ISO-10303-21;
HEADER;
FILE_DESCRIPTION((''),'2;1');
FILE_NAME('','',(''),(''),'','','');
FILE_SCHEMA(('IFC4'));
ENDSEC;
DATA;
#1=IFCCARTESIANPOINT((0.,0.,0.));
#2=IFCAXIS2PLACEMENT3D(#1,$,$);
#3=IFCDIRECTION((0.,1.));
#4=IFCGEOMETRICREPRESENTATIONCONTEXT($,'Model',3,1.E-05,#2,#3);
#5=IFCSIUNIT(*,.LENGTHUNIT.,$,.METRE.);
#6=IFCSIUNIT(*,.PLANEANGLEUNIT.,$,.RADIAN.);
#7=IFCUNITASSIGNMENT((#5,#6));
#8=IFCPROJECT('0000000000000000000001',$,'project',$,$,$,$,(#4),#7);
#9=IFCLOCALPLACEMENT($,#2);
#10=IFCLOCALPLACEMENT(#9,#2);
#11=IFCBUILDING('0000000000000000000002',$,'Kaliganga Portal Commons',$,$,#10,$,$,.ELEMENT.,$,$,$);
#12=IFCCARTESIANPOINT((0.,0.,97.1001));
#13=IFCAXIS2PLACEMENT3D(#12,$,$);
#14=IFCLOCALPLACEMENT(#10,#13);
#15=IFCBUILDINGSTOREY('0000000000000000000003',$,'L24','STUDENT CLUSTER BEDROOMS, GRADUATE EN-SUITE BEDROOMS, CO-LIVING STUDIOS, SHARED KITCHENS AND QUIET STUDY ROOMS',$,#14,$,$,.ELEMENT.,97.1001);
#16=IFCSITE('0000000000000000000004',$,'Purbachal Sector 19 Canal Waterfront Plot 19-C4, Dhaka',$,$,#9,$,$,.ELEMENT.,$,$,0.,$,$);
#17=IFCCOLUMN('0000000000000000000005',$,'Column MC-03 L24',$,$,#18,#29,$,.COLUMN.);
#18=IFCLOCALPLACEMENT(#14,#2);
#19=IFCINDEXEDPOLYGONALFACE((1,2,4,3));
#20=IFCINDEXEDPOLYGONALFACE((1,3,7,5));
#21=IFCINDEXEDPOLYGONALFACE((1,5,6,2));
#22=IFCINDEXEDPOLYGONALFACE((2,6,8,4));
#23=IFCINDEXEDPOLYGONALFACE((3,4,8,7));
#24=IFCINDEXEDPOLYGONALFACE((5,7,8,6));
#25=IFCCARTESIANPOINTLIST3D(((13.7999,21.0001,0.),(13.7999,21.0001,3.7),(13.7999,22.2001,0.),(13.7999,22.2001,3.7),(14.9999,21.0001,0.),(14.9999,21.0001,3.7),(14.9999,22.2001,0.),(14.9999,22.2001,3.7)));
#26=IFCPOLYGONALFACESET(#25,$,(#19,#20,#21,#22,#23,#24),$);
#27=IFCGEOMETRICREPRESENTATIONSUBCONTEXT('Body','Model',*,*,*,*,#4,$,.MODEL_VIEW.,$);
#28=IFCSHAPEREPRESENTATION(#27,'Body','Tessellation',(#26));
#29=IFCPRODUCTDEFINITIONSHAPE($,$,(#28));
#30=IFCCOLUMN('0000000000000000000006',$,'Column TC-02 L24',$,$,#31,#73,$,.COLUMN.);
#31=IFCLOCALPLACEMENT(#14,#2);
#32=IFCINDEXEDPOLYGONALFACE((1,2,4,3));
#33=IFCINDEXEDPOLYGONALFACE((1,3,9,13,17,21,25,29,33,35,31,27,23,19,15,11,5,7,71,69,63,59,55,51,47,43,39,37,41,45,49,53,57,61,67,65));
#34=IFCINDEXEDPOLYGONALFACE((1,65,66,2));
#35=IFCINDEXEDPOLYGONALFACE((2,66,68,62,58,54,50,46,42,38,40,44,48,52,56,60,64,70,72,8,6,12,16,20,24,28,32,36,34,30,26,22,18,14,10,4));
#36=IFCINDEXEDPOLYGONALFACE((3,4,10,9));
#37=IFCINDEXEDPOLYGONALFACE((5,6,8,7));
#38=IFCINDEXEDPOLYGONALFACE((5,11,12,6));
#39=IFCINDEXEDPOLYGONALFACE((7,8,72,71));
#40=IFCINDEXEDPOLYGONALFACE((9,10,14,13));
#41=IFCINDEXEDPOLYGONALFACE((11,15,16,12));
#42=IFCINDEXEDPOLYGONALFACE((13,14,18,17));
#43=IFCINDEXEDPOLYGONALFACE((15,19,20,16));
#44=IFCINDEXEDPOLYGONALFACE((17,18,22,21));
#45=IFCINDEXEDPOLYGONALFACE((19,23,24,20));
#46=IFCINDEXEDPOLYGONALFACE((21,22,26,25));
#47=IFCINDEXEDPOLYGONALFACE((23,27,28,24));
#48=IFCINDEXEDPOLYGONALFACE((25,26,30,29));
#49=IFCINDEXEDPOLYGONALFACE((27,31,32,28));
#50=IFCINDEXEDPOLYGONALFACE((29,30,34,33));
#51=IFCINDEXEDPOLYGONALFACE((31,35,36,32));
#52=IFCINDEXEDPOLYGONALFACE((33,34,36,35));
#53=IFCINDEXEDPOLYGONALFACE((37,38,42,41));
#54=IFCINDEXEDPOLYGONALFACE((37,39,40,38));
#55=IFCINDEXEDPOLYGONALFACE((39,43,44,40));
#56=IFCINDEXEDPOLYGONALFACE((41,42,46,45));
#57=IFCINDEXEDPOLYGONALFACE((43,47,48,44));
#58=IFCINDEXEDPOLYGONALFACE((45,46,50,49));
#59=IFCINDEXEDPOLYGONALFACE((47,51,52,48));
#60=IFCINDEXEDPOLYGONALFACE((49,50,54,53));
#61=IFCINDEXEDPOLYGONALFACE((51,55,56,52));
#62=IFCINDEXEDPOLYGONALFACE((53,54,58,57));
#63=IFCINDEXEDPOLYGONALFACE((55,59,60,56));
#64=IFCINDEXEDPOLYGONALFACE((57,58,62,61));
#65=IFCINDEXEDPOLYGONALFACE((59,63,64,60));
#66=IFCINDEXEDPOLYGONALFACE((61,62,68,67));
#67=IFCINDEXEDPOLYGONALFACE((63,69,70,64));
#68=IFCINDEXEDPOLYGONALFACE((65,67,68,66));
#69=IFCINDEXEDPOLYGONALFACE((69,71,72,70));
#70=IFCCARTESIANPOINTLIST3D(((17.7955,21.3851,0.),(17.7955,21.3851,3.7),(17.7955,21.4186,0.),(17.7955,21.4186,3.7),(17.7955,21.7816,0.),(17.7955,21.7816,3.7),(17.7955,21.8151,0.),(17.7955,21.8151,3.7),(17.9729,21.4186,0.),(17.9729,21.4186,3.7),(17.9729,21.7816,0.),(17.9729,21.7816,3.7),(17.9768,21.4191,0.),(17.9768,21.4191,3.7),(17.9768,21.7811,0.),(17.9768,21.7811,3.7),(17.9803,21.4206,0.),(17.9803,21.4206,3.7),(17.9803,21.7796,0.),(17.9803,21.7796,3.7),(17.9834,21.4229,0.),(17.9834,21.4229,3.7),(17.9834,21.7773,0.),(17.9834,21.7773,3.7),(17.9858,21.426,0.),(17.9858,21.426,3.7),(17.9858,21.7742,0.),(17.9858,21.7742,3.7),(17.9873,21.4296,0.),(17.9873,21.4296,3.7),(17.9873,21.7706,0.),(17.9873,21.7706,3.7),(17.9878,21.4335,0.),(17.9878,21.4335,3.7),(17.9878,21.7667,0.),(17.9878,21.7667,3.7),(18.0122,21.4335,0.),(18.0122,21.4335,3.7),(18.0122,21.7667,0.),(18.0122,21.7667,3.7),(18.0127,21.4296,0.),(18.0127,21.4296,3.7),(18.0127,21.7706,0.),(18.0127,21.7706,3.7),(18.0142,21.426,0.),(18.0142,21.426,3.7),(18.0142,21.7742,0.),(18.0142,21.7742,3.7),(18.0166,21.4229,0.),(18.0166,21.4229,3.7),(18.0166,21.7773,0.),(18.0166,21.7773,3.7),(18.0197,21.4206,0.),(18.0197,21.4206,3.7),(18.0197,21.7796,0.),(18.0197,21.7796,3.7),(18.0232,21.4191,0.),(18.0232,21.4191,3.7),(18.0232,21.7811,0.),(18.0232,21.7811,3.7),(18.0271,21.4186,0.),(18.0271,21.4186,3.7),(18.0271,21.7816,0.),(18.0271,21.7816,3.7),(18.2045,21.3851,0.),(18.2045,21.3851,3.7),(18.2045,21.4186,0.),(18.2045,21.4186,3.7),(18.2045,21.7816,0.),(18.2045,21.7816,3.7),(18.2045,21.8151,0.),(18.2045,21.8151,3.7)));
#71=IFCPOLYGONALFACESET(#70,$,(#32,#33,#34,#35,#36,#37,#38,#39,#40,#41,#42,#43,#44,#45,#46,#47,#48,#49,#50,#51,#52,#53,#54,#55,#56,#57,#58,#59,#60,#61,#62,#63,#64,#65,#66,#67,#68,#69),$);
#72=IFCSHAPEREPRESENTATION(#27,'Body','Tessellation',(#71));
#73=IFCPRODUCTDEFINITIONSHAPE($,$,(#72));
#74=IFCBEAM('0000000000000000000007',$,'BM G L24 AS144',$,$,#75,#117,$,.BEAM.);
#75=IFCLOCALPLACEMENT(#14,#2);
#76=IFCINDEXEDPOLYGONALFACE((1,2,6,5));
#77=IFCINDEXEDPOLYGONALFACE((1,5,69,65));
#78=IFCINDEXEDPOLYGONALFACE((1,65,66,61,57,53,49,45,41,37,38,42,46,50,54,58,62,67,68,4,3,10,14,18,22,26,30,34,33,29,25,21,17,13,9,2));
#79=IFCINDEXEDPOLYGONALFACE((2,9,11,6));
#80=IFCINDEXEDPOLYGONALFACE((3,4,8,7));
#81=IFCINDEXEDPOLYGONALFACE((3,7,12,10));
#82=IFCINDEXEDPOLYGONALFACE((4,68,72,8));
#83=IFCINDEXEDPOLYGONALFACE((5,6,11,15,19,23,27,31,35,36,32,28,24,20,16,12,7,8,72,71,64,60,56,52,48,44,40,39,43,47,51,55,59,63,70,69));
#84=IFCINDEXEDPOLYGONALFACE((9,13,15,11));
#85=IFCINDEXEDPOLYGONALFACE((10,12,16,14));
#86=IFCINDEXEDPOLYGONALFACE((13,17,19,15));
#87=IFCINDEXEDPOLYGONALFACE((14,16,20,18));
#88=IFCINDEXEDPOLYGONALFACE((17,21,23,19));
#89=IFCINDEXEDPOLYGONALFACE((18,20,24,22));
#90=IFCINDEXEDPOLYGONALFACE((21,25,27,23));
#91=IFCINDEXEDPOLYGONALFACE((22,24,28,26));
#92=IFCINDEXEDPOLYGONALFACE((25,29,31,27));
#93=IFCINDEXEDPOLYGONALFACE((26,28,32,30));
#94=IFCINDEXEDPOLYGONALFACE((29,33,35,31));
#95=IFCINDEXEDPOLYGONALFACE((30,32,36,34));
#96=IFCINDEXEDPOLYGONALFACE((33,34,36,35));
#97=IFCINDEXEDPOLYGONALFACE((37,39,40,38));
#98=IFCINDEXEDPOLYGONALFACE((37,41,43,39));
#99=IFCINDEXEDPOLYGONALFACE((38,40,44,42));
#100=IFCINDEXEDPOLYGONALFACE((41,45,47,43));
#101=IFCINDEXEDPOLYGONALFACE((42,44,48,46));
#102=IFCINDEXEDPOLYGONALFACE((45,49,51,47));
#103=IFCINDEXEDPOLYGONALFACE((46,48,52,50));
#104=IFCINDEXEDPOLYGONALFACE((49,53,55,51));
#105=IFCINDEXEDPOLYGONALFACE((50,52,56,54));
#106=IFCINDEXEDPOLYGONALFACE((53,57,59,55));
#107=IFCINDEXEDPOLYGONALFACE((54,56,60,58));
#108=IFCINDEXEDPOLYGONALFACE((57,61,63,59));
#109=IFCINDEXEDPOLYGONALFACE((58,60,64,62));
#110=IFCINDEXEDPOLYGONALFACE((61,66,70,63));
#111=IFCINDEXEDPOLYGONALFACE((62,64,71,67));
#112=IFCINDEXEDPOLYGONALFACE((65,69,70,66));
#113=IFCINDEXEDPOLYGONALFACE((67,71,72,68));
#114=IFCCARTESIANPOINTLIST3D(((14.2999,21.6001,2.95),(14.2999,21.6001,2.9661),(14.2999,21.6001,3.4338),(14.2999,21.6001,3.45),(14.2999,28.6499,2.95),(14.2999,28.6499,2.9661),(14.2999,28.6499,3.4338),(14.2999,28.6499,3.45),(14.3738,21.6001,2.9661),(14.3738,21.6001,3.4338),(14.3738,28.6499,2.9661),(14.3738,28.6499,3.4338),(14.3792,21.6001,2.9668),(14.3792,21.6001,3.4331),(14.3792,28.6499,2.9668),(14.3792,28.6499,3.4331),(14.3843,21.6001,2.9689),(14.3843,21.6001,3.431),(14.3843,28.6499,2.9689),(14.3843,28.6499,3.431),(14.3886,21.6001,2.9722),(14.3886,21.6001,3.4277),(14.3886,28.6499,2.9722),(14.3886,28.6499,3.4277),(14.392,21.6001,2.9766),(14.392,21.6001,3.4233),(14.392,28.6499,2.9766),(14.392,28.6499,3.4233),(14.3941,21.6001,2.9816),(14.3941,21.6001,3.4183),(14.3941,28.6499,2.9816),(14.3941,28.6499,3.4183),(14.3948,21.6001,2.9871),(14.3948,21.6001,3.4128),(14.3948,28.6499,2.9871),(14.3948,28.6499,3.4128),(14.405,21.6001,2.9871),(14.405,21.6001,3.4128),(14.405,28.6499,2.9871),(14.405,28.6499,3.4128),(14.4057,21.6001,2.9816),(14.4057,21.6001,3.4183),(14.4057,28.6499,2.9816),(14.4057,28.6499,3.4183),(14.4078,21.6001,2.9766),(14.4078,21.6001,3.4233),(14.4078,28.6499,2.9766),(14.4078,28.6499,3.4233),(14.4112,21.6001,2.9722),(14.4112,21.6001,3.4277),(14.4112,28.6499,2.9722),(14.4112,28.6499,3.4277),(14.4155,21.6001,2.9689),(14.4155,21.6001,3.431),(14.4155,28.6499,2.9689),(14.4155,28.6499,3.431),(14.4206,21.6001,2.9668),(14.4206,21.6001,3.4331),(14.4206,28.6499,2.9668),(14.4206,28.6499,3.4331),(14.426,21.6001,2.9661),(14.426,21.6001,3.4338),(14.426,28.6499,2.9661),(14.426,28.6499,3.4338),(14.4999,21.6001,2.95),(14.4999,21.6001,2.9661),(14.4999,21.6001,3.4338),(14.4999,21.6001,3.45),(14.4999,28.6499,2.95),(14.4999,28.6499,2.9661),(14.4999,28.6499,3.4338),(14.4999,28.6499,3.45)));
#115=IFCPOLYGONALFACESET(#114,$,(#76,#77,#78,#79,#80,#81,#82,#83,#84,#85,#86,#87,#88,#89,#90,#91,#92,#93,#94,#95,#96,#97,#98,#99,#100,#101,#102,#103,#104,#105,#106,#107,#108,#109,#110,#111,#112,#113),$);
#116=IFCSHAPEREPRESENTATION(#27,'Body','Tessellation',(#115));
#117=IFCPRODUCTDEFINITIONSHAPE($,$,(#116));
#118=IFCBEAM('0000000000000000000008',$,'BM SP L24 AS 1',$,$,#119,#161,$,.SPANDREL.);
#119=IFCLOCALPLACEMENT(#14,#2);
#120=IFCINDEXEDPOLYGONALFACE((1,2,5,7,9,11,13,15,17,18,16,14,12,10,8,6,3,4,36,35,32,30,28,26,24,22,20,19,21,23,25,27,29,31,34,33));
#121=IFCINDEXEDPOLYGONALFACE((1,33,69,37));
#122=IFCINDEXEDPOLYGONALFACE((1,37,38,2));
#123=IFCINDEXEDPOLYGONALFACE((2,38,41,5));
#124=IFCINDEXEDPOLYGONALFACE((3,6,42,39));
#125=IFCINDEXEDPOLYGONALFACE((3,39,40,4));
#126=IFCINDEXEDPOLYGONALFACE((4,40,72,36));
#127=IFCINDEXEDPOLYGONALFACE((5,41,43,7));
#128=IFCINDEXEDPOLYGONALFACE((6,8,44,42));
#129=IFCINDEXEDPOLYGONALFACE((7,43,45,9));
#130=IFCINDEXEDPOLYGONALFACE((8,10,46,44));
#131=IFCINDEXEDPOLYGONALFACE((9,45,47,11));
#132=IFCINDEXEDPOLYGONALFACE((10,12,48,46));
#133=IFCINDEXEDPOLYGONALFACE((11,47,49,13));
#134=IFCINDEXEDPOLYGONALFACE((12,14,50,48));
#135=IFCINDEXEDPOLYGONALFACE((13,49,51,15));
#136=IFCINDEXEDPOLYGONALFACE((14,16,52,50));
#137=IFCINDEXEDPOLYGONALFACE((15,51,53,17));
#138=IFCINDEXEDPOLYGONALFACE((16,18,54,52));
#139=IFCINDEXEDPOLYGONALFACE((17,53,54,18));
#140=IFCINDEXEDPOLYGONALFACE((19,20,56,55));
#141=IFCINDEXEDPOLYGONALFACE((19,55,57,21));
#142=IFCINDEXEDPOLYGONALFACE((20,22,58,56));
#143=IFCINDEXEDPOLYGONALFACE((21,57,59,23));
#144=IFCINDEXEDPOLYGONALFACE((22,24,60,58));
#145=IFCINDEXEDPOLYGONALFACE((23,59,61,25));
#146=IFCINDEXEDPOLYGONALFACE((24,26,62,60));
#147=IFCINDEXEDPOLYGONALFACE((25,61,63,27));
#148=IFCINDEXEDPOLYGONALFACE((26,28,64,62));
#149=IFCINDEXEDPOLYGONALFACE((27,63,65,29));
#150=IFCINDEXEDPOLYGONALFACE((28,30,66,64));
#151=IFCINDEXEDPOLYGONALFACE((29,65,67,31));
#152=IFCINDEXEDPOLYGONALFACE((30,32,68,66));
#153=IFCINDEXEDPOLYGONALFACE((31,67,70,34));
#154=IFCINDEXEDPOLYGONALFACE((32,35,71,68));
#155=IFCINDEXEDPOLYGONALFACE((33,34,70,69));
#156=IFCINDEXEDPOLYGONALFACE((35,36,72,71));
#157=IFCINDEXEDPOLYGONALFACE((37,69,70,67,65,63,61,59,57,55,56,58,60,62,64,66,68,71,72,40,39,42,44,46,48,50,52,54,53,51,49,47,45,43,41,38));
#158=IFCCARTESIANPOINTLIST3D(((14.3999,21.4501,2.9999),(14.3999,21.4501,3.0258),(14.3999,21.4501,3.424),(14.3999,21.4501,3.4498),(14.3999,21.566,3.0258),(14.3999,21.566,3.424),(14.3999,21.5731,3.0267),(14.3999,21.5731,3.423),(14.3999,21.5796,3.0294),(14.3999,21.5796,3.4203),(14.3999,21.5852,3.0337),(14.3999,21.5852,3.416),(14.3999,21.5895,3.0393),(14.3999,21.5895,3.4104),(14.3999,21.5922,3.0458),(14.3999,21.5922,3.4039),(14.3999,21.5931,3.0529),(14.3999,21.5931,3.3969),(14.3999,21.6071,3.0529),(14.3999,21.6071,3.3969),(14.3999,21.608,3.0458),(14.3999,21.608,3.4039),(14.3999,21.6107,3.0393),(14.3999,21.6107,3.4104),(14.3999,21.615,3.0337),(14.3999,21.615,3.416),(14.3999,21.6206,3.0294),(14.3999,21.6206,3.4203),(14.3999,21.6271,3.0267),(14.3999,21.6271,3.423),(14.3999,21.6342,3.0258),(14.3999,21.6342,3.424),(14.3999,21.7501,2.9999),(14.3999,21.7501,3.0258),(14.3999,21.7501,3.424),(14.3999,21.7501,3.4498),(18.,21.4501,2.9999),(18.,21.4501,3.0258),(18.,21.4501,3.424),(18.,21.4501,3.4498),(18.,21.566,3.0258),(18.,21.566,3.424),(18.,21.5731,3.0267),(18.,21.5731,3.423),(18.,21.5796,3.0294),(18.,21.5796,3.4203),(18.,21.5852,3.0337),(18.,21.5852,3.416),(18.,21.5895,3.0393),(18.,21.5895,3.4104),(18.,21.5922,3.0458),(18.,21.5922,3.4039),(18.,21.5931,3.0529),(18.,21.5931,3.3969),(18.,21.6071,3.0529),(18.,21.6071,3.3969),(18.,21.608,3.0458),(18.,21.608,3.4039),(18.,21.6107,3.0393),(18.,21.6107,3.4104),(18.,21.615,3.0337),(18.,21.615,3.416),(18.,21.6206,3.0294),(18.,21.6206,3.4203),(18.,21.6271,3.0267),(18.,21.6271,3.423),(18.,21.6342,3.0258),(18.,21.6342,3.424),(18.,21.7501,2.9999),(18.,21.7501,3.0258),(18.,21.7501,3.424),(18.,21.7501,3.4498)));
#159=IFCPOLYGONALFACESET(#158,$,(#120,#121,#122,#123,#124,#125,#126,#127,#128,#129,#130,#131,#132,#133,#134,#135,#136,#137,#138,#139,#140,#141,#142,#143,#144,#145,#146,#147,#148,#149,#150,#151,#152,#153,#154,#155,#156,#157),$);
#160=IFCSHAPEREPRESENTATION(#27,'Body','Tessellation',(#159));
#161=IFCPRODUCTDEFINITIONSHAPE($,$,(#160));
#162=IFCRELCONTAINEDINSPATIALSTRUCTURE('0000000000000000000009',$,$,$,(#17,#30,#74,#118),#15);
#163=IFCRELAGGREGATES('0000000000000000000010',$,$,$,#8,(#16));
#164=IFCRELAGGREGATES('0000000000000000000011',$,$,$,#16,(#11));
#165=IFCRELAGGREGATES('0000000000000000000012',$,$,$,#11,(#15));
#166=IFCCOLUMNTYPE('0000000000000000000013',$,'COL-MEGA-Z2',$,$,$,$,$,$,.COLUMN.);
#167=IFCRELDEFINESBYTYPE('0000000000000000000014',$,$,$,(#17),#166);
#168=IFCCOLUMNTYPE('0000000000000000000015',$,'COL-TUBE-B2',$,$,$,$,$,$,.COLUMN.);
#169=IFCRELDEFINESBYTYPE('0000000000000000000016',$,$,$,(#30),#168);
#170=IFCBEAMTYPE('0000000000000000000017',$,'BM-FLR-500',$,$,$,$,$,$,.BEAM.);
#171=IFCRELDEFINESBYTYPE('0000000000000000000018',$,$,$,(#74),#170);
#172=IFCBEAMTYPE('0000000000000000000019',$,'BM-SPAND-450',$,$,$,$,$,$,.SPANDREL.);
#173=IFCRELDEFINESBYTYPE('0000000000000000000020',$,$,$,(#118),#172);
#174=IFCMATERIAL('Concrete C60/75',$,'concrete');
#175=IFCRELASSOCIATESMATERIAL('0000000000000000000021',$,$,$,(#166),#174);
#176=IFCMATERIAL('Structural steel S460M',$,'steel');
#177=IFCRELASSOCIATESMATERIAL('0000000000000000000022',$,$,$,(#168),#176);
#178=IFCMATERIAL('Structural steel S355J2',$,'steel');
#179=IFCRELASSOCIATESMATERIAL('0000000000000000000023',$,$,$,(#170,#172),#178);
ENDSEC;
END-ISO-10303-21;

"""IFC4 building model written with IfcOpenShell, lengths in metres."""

from ifc_helpers import new_model, si_unit, direction, frame, origin, origin_2d, place, context, subcontext, project, spatial, rectangle, i_section, extrude, source, transform, mapped, material, material_profile, profile_set, type_object, element, save


model = new_model("IFC4")

# Units and contexts
model_context = context("Model", 3, precision=1e-05, world=origin(), true_north=direction((0.0, 1.0)))
body_context = subcontext(model_context, "Body", "Model", "MODEL_VIEW")
ifc_project = project(units=[si_unit("LENGTHUNIT", "METRE"), si_unit("PLANEANGLEUNIT", "RADIAN")], contexts=[model_context])

# Site, building, storey
site_placement = place(None, origin())
site = spatial("IfcSite", under=ifc_project, at=site_placement, Name="Purbachal Sector 19 Canal Waterfront Plot 19-C4, Dhaka", CompositionType="ELEMENT", RefElevation=0.0)
building_placement = place(site_placement, origin())
building = spatial("IfcBuilding", under=site, at=building_placement, Name="Kaliganga Portal Commons", CompositionType="ELEMENT")
storey_placement = place(building_placement, frame((0.0, 0.0, 97.1001)))
storey = spatial("IfcBuildingStorey", under=building, at=storey_placement, Name="L24", Description="STUDENT CLUSTER BEDROOMS, GRADUATE EN-SUITE BEDROOMS, CO-LIVING STUDIOS, SHARED KITCHENS AND QUIET STUDY ROOMS", CompositionType="ELEMENT", Elevation=97.1001)

# Columns
ifc_material_1 = material(Name="Concrete C60/75", Category="concrete")
ifc_material_profile_1 = material_profile(ifc_material_1, rectangle(XDim=1.2, YDim=1.2, at=origin_2d()), Name="RC 1200x1200")
ifc_profile_set_1 = profile_set([ifc_material_profile_1], Name="Concrete C60/75")
column_type_1 = type_object("IfcColumnType", Name="COL-MEGA-Z2", PredefinedType="COLUMN", material=ifc_profile_set_1)
shared_shape_1 = source(origin(), body_context, "Body", "SweptSolid", [
    extrude(rectangle(XDim=1.2, YDim=1.2, at=origin_2d()), origin(), (0.0, 0.0, 1.0), 3.7),
])
column_1_placement = place(storey_placement, frame((14.3999, 21.6001, 0.0), z_axis=(0.0, 0.0, 1.0), x_axis=(1.0, 0.0, 0.0)))
element("IfcColumn", 1, at=column_1_placement, inside=storey, type_object=column_type_1, Name="Column MC-03 L24", PredefinedType="COLUMN", context=body_context, shape_type="MappedRepresentation", body=[
    mapped(shared_shape_1, transform((0.0, 0.0, 0.0), x_axis=(1.0, 0.0, 0.0), y_axis=(0.0, 1.0, 0.0), z_axis=(0.0, 0.0, 1.0), scale=1.0)),
])
ifc_material_2 = material(Name="Structural steel S460M", Category="steel")
ifc_material_profile_2 = material_profile(ifc_material_2, i_section(OverallWidth=0.4089, OverallDepth=0.4299, WebThickness=0.0244, FlangeThickness=0.0334, FilletRadius=0.0149, at=origin_2d()), Name="HD 400x421")
ifc_profile_set_2 = profile_set([ifc_material_profile_2], Name="Structural steel S460M wide-flange")
column_type_2 = type_object("IfcColumnType", Name="COL-TUBE-B2", PredefinedType="COLUMN", material=ifc_profile_set_2)
shared_shape_2 = source(origin(), body_context, "Body", "SweptSolid", [
    extrude(i_section(OverallWidth=0.4089, OverallDepth=0.4299, WebThickness=0.0244, FlangeThickness=0.0334, FilletRadius=0.0149, at=origin_2d()), origin(), (0.0, 0.0, 1.0), 3.7),
])
column_2_placement = place(storey_placement, frame((18.0, 21.6001, 0.0), z_axis=(0.0, 0.0, 1.0), x_axis=(1.0, 0.0, 0.0)))
element("IfcColumn", 2, at=column_2_placement, inside=storey, type_object=column_type_2, Name="Column TC-02 L24", PredefinedType="COLUMN", context=body_context, shape_type="MappedRepresentation", body=[
    mapped(shared_shape_2, transform((0.0, 0.0, 0.0), x_axis=(1.0, 0.0, 0.0), y_axis=(0.0, 1.0, 0.0), z_axis=(0.0, 0.0, 1.0), scale=1.0)),
])

# Beams
ifc_material_3 = material(Name="Structural steel S355J2", Category="steel")
ifc_material_profile_3 = material_profile(ifc_material_3, i_section(OverallWidth=0.2, OverallDepth=0.5, WebThickness=0.0103, FlangeThickness=0.0161, FilletRadius=0.021, at=origin_2d()), Name="IPE 500")
ifc_profile_set_3 = profile_set([ifc_material_profile_3], Name="Structural steel S355J2 wide-flange")
beam_type_1 = type_object("IfcBeamType", Name="BM-FLR-500", PredefinedType="BEAM", material=ifc_profile_set_3)
shared_shape_3 = source(origin(), body_context, "Body", "SweptSolid", [
    extrude(i_section(OverallWidth=0.2, OverallDepth=0.5, WebThickness=0.0103, FlangeThickness=0.0161, FilletRadius=0.021, at=origin_2d()), origin(), (0.0, 0.0, 1.0), 7.0498),
])
beam_1_placement = place(storey_placement, frame((14.3999, 21.6001, 3.2), z_axis=(0.0, 1.0, 0.0), x_axis=(-1.0, 0.0, 0.0)))
element("IfcBeam", 3, at=beam_1_placement, inside=storey, type_object=beam_type_1, Name="BM G L24 AS144", PredefinedType="BEAM", context=body_context, shape_type="MappedRepresentation", body=[
    mapped(shared_shape_3, transform((0.0, 0.0, 0.0), x_axis=(1.0, 0.0, 0.0), y_axis=(0.0, 1.0, 0.0), z_axis=(0.0, 0.0, 1.0), scale=1.0)),
])
ifc_material_profile_4 = material_profile(ifc_material_3, i_section(OverallWidth=0.3, OverallDepth=0.45, WebThickness=0.0139, FlangeThickness=0.0259, FilletRadius=0.0271, at=origin_2d()), Name="HE 450 B")
ifc_profile_set_4 = profile_set([ifc_material_profile_4], Name="Structural steel S355J2 wide-flange")
beam_type_2 = type_object("IfcBeamType", Name="BM-SPAND-450", PredefinedType="SPANDREL", material=ifc_profile_set_4)
shared_shape_4 = source(origin(), body_context, "Body", "SweptSolid", [
    extrude(i_section(OverallWidth=0.3, OverallDepth=0.45, WebThickness=0.0139, FlangeThickness=0.0259, FilletRadius=0.0271, at=origin_2d()), origin(), (0.0, 0.0, 1.0), 3.6001),
])
for number, where, z_axis, x_axis, name in (
    (4, (14.3999, 21.6001, 3.2249), (1.0, 0.0, 0.0), (0.0, 1.0, 0.0), "BM SP L24 AS 1"),
):
    element("IfcBeam", number, at=place(storey_placement, frame(where, z_axis=z_axis, x_axis=x_axis)), inside=storey, type_object=beam_type_2, Name=name, PredefinedType="SPANDREL", context=body_context, shape_type="MappedRepresentation", body=[
        mapped(shared_shape_4, transform((0.0, 0.0, 0.0), x_axis=(1.0, 0.0, 0.0), y_axis=(0.0, 1.0, 0.0), z_axis=(0.0, 0.0, 1.0), scale=1.0)),
    ])

save(model, "model.ifc")
